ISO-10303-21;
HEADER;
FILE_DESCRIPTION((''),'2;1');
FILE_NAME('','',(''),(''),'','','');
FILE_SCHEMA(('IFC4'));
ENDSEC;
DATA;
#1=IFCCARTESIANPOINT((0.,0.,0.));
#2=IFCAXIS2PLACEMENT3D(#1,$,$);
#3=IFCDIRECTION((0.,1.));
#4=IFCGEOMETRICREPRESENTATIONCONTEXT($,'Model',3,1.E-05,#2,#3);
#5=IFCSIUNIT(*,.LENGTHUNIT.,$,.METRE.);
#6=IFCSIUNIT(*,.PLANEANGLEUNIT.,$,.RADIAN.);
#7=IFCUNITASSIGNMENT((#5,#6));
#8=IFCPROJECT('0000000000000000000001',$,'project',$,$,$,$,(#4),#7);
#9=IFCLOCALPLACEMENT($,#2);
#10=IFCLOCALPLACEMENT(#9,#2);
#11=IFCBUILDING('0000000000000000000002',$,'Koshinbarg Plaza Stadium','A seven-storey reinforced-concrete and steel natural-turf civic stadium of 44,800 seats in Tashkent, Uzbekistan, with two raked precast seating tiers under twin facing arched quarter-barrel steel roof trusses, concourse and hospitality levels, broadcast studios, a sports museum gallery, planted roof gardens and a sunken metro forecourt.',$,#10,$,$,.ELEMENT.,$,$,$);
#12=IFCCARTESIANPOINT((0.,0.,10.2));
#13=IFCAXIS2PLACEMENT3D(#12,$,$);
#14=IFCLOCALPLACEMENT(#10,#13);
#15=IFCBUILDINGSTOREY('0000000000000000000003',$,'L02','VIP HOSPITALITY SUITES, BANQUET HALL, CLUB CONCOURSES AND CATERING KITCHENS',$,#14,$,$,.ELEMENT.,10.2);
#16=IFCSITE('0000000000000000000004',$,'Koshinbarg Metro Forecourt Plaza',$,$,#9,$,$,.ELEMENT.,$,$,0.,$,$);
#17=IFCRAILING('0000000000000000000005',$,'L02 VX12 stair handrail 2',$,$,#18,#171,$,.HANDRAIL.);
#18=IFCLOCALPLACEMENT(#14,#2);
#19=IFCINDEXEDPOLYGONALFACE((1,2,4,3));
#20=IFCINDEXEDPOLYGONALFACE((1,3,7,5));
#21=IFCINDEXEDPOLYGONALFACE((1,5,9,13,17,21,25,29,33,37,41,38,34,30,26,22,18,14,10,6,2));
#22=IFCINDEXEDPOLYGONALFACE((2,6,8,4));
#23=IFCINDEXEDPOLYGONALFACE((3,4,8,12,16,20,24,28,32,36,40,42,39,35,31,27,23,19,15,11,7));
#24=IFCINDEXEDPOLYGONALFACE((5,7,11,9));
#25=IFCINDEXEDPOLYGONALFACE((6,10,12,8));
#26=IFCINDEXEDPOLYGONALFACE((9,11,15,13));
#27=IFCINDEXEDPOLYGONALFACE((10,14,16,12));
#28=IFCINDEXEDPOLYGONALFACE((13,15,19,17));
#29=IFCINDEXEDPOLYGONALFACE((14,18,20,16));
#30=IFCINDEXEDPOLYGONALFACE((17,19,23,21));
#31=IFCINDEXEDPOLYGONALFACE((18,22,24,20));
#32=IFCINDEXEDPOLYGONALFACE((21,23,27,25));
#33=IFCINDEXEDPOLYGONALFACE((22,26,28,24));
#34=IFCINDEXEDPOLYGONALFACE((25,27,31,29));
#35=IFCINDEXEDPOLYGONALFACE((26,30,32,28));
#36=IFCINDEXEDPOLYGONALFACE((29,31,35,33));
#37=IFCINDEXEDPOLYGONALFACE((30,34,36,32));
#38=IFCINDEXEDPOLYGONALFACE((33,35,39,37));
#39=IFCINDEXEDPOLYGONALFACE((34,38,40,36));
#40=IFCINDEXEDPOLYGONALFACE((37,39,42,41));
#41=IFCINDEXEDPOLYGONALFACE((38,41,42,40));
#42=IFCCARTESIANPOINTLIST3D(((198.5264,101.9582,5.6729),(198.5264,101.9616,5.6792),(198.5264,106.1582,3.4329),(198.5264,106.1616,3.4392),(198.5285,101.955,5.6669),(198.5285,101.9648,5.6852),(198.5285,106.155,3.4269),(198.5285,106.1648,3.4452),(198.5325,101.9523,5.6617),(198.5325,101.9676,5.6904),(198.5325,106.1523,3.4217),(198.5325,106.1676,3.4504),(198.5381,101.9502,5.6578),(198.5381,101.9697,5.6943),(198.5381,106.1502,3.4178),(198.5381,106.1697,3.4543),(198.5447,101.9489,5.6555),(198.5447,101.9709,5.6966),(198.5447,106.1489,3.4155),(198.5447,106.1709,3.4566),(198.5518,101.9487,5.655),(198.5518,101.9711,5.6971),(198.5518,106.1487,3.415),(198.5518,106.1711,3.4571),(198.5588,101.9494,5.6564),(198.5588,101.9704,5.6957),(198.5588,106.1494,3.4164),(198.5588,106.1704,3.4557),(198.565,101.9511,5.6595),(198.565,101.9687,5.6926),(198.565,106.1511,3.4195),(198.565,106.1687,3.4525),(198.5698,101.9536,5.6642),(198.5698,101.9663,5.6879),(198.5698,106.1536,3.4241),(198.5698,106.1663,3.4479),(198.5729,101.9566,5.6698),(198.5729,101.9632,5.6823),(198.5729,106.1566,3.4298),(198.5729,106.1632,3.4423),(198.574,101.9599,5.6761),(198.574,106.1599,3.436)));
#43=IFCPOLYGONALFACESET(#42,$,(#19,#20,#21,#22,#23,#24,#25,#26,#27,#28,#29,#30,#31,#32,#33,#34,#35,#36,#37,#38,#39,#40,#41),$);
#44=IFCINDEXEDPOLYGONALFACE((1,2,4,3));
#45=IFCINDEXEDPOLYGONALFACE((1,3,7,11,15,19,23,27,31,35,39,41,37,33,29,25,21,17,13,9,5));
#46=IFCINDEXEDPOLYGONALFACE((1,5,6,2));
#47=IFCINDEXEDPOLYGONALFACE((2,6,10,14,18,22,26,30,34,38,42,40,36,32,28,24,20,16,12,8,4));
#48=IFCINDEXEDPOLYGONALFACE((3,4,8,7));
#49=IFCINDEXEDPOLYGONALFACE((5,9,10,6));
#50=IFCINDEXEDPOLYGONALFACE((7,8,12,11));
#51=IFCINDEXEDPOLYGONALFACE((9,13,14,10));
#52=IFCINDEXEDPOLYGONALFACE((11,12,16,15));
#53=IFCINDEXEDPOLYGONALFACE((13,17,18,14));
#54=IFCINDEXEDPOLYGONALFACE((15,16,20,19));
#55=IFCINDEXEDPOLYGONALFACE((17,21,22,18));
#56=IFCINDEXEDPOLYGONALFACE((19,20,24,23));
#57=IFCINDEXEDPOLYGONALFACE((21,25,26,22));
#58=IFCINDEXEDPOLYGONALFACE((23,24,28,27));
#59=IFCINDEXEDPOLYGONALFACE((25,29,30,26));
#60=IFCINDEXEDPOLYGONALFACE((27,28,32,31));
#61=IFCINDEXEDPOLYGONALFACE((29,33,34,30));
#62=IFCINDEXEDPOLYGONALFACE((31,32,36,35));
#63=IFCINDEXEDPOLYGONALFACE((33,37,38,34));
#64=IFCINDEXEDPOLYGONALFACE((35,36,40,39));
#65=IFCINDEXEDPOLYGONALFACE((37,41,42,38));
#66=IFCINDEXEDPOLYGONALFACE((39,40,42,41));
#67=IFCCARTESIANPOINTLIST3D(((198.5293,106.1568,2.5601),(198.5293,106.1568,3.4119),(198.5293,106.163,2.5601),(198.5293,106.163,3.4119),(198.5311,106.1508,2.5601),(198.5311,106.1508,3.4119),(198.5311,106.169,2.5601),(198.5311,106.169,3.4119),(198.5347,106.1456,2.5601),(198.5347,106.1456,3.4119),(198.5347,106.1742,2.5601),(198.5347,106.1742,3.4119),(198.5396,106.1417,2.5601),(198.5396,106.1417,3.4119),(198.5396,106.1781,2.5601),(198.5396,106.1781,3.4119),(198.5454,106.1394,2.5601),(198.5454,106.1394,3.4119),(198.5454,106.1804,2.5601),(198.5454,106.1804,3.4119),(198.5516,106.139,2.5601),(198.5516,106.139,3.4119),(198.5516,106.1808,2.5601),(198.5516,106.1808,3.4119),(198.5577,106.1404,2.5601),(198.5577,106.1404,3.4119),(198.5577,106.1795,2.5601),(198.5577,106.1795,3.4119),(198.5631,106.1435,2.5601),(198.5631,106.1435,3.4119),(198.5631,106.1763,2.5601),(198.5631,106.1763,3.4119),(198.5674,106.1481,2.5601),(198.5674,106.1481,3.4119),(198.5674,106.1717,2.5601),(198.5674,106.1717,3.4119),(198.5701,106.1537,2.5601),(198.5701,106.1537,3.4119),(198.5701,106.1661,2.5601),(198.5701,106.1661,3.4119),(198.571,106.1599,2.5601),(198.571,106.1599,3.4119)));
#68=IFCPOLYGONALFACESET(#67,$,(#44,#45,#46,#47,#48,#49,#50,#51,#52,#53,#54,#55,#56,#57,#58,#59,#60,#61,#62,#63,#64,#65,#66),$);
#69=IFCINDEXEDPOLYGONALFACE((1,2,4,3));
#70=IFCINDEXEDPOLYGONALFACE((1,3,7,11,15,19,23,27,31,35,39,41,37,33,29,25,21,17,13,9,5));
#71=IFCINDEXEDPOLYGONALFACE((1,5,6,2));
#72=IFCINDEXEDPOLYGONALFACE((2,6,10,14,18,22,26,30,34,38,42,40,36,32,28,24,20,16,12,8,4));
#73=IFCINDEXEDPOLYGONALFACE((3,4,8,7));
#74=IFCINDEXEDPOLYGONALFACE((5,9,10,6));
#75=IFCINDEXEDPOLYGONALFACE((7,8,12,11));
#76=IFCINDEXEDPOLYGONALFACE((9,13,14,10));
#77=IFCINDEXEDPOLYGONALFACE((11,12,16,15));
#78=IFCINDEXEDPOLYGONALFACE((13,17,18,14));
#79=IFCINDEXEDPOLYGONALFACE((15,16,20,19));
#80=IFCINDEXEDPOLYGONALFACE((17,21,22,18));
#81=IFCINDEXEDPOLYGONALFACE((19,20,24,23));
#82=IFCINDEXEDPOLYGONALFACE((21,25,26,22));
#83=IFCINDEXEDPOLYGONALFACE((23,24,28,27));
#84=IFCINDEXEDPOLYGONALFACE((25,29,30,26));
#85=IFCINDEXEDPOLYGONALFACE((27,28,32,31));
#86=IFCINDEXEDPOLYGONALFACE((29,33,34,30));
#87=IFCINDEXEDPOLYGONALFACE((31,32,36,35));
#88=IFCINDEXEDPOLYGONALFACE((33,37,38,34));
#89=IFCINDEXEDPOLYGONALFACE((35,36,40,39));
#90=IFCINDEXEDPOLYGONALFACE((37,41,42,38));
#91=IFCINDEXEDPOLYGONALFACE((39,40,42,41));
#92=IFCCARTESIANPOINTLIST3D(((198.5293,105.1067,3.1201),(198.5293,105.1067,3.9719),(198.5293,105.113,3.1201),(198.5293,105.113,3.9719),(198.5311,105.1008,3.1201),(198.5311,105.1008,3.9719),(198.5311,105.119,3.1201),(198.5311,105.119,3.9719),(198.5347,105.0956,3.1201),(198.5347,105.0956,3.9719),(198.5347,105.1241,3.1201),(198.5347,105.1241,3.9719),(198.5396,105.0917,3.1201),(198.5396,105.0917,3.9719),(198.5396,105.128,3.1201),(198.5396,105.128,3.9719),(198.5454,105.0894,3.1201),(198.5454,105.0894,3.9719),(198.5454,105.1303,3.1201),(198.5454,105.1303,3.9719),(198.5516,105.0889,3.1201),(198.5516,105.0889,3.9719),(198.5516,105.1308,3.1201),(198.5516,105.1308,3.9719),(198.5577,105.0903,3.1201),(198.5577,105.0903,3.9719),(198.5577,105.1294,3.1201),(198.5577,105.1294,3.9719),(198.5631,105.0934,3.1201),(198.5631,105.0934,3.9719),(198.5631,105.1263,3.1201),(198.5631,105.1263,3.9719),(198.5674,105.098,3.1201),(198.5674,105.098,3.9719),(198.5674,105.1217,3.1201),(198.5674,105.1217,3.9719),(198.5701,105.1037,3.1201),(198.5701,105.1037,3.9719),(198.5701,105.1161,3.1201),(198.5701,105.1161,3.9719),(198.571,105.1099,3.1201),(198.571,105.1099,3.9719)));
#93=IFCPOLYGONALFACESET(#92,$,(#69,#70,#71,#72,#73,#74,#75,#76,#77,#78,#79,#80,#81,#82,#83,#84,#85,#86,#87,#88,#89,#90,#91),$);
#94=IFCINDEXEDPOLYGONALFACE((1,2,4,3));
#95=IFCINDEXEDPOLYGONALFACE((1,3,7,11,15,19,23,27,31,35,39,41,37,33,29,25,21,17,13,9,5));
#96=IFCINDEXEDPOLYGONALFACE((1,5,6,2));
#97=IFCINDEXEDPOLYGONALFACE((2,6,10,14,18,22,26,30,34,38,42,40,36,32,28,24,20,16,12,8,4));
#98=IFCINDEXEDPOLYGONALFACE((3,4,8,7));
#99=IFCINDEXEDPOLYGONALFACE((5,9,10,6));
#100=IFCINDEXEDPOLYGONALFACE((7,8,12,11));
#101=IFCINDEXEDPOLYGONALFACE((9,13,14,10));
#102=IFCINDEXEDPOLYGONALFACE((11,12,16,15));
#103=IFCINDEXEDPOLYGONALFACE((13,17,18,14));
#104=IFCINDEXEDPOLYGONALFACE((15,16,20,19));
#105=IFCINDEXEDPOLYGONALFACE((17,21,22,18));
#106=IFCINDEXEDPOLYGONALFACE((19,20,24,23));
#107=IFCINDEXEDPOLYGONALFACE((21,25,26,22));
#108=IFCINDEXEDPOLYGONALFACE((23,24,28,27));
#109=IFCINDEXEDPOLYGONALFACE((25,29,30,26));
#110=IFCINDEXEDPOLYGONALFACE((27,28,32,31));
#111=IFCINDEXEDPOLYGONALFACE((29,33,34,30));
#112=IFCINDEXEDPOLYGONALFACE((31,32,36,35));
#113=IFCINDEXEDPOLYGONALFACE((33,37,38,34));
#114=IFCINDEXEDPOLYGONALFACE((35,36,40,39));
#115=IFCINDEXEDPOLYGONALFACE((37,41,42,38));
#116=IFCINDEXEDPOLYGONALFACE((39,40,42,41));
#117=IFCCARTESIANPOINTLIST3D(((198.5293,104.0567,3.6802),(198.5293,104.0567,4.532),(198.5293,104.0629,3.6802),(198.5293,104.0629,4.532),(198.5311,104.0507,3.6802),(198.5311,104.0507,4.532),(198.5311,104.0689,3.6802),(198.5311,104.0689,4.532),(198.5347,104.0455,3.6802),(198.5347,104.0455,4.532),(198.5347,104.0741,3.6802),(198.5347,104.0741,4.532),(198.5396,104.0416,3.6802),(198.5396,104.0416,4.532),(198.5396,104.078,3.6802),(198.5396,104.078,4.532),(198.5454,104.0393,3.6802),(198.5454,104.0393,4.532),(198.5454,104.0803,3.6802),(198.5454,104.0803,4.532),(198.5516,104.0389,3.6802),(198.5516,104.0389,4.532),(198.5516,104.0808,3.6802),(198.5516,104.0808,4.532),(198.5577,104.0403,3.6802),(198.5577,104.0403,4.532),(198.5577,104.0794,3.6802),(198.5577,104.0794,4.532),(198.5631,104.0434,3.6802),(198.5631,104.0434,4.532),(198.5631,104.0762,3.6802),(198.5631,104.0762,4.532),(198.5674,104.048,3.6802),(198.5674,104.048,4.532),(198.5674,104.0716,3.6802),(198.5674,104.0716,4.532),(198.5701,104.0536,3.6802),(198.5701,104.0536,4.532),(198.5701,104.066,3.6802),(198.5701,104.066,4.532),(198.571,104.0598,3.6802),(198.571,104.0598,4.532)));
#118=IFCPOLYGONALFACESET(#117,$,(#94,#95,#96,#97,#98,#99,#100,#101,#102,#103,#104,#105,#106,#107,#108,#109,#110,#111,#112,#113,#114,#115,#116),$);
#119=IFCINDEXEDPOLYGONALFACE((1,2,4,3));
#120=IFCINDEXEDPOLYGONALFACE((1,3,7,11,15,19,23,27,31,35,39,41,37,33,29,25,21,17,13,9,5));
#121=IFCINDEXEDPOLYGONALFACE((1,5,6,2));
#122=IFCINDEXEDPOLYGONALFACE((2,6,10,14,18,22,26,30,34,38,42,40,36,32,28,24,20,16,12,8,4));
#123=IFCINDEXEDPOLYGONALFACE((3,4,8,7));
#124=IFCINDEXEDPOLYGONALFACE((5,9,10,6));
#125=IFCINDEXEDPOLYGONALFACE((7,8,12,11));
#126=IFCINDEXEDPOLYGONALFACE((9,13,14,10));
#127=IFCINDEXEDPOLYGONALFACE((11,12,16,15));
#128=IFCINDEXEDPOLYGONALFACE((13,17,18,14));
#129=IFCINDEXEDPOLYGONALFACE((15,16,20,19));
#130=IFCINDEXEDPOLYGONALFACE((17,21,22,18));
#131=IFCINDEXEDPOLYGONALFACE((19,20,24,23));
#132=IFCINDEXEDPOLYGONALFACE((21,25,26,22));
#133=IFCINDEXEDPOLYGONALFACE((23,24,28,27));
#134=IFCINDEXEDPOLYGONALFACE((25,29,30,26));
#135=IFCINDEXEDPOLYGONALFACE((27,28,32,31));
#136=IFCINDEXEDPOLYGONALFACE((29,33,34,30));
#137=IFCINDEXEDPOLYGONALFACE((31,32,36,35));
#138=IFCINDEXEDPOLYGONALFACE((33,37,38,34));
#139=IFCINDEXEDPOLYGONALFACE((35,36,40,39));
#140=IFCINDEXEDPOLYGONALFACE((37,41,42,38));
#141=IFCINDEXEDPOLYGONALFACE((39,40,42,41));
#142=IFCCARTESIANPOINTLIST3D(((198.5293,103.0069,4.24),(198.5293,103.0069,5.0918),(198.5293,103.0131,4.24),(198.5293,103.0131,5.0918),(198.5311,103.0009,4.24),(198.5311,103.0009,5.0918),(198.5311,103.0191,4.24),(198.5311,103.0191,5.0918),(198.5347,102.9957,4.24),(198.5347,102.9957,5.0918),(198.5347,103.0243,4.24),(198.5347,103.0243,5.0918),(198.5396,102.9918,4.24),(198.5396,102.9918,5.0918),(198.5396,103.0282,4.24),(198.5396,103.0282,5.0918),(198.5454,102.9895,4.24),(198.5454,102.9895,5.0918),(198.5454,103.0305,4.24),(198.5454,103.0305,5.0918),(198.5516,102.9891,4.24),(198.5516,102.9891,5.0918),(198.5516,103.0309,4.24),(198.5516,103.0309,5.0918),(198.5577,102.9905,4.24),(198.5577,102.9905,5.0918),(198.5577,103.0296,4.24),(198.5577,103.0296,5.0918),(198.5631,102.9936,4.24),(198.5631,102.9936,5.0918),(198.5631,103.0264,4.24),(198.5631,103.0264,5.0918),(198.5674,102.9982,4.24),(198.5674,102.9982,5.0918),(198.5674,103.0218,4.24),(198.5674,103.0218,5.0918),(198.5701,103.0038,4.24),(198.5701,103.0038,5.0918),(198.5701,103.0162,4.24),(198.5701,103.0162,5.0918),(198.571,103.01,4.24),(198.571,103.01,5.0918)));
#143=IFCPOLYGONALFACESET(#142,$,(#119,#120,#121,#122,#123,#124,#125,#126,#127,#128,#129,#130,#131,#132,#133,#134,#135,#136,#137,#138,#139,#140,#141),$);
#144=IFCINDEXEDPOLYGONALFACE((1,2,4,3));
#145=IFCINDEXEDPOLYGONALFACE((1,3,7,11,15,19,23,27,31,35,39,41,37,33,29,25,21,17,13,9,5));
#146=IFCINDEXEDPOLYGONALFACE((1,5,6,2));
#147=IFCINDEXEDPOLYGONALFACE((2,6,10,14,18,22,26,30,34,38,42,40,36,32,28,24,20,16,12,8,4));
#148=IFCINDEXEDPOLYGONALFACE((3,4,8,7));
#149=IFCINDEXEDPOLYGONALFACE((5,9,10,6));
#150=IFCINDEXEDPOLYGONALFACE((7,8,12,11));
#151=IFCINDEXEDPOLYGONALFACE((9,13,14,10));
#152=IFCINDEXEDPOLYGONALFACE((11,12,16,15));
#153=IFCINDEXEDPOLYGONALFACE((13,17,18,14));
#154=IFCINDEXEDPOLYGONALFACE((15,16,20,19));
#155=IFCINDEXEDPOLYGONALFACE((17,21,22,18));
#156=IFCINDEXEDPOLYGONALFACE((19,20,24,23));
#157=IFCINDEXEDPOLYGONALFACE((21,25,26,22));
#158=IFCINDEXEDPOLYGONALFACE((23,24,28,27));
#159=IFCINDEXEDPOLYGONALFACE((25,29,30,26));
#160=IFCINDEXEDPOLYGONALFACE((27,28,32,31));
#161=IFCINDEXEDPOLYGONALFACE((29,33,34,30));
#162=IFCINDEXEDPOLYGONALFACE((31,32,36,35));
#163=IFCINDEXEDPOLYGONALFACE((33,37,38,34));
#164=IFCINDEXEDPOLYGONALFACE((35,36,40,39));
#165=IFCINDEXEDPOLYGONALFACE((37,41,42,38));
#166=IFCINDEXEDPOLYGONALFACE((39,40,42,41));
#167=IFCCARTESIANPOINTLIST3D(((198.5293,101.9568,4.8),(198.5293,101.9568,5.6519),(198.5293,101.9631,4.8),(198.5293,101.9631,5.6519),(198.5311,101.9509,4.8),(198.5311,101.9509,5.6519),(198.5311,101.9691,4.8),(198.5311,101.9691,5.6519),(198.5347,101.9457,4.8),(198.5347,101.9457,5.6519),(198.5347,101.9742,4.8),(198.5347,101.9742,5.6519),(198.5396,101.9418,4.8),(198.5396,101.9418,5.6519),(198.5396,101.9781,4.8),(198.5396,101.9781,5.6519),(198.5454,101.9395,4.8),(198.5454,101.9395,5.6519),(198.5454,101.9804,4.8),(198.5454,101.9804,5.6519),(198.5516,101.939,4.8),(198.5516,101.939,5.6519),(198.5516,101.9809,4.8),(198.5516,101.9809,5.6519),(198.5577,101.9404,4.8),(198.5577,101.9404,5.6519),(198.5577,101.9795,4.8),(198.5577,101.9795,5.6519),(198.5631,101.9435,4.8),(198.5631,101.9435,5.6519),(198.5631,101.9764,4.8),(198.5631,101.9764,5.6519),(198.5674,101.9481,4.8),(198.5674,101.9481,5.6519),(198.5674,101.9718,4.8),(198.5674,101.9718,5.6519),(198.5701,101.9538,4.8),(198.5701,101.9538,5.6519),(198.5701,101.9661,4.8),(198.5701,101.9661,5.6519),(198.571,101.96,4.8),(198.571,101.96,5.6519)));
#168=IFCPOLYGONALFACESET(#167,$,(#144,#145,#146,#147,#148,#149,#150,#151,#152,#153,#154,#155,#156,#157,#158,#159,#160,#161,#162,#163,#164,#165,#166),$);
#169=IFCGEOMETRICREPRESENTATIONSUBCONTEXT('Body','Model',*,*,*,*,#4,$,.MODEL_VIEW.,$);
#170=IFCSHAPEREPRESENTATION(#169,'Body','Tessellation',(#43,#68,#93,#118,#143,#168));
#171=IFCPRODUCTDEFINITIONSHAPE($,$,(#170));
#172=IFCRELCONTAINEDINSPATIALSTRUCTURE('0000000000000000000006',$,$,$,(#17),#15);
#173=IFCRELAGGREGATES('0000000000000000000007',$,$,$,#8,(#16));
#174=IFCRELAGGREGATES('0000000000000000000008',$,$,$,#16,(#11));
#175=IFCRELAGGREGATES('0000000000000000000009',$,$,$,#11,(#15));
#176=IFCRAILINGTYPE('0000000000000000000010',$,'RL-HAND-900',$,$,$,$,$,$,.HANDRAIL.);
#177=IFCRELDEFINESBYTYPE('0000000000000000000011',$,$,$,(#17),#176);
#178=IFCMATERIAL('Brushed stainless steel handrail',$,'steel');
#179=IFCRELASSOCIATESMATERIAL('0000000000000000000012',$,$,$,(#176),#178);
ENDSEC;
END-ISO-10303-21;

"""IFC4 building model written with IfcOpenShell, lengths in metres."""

from ifc_helpers import new_model, si_unit, direction, frame, origin, origin_2d, place, context, subcontext, project, spatial, circle, extrude, material, type_object, element, save


model = new_model("IFC4")

# Units and contexts
model_context = context("Model", 3, precision=1e-05, world=origin(), true_north=direction((0.0, 1.0)))
body_context = subcontext(model_context, "Body", "Model", "MODEL_VIEW")
ifc_project = project(units=[si_unit("LENGTHUNIT", "METRE"), si_unit("PLANEANGLEUNIT", "RADIAN")], contexts=[model_context])

# Site, building, storey
site_placement = place(None, origin())
site = spatial("IfcSite", under=ifc_project, at=site_placement, Name="Koshinbarg Metro Forecourt Plaza", CompositionType="ELEMENT", RefElevation=0.0)
building_placement = place(site_placement, origin())
building = spatial("IfcBuilding", under=site, at=building_placement, Name="Koshinbarg Plaza Stadium", Description="A seven-storey reinforced-concrete and steel natural-turf civic stadium of 44,800 seats in Tashkent, Uzbekistan, with two raked precast seating tiers under twin facing arched quarter-barrel steel roof trusses, concourse and hospitality levels, broadcast studios, a sports museum gallery, planted roof gardens and a sunken metro forecourt.", CompositionType="ELEMENT")
storey_placement = place(building_placement, frame((0.0, 0.0, 10.2)))
storey = spatial("IfcBuildingStorey", under=building, at=storey_placement, Name="L02", Description="VIP HOSPITALITY SUITES, BANQUET HALL, CLUB CONCOURSES AND CATERING KITCHENS", CompositionType="ELEMENT", Elevation=10.2)

# Railing
ifc_material_1 = material(Name="Brushed stainless steel handrail", Category="steel")
railing_type_1 = type_object("IfcRailingType", Name="RL-HAND-900", PredefinedType="HANDRAIL", material=ifc_material_1)
railing_1_placement = place(storey_placement, frame((198.55, 106.1599, 2.5601)))
element("IfcRailing", 1, at=railing_1_placement, inside=storey, type_object=railing_type_1, Name="L02 VX12 stair handrail 2", PredefinedType="HANDRAIL", context=body_context, shape_type="SweptSolid", body=[
    extrude(circle(Radius=0.0239, at=origin_2d()), frame((0.0, 0.0, 0.876), z_axis=(0.0, -0.882352, 0.470591), x_axis=(1.0, 0.0, 0.0)), (0.0, 0.0, 1.0), 4.76),
    extrude(circle(Radius=0.021, at=origin_2d()), origin(), (0.0, 0.0, 1.0), 0.8518),
    extrude(circle(Radius=0.021, at=origin_2d()), frame((0.0, -1.05, 0.5601)), (0.0, 0.0, 1.0), 0.8518),
    extrude(circle(Radius=0.021, at=origin_2d()), frame((0.0, -2.1001, 1.1201)), (0.0, 0.0, 1.0), 0.8518),
    extrude(circle(Radius=0.021, at=origin_2d()), frame((0.0, -3.1499, 1.6799)), (0.0, 0.0, 1.0), 0.8518),
    extrude(circle(Radius=0.021, at=origin_2d()), frame((0.0, -4.2, 2.24)), (0.0, 0.0, 1.0), 0.8518),
])

save(model, "model.ifc")
